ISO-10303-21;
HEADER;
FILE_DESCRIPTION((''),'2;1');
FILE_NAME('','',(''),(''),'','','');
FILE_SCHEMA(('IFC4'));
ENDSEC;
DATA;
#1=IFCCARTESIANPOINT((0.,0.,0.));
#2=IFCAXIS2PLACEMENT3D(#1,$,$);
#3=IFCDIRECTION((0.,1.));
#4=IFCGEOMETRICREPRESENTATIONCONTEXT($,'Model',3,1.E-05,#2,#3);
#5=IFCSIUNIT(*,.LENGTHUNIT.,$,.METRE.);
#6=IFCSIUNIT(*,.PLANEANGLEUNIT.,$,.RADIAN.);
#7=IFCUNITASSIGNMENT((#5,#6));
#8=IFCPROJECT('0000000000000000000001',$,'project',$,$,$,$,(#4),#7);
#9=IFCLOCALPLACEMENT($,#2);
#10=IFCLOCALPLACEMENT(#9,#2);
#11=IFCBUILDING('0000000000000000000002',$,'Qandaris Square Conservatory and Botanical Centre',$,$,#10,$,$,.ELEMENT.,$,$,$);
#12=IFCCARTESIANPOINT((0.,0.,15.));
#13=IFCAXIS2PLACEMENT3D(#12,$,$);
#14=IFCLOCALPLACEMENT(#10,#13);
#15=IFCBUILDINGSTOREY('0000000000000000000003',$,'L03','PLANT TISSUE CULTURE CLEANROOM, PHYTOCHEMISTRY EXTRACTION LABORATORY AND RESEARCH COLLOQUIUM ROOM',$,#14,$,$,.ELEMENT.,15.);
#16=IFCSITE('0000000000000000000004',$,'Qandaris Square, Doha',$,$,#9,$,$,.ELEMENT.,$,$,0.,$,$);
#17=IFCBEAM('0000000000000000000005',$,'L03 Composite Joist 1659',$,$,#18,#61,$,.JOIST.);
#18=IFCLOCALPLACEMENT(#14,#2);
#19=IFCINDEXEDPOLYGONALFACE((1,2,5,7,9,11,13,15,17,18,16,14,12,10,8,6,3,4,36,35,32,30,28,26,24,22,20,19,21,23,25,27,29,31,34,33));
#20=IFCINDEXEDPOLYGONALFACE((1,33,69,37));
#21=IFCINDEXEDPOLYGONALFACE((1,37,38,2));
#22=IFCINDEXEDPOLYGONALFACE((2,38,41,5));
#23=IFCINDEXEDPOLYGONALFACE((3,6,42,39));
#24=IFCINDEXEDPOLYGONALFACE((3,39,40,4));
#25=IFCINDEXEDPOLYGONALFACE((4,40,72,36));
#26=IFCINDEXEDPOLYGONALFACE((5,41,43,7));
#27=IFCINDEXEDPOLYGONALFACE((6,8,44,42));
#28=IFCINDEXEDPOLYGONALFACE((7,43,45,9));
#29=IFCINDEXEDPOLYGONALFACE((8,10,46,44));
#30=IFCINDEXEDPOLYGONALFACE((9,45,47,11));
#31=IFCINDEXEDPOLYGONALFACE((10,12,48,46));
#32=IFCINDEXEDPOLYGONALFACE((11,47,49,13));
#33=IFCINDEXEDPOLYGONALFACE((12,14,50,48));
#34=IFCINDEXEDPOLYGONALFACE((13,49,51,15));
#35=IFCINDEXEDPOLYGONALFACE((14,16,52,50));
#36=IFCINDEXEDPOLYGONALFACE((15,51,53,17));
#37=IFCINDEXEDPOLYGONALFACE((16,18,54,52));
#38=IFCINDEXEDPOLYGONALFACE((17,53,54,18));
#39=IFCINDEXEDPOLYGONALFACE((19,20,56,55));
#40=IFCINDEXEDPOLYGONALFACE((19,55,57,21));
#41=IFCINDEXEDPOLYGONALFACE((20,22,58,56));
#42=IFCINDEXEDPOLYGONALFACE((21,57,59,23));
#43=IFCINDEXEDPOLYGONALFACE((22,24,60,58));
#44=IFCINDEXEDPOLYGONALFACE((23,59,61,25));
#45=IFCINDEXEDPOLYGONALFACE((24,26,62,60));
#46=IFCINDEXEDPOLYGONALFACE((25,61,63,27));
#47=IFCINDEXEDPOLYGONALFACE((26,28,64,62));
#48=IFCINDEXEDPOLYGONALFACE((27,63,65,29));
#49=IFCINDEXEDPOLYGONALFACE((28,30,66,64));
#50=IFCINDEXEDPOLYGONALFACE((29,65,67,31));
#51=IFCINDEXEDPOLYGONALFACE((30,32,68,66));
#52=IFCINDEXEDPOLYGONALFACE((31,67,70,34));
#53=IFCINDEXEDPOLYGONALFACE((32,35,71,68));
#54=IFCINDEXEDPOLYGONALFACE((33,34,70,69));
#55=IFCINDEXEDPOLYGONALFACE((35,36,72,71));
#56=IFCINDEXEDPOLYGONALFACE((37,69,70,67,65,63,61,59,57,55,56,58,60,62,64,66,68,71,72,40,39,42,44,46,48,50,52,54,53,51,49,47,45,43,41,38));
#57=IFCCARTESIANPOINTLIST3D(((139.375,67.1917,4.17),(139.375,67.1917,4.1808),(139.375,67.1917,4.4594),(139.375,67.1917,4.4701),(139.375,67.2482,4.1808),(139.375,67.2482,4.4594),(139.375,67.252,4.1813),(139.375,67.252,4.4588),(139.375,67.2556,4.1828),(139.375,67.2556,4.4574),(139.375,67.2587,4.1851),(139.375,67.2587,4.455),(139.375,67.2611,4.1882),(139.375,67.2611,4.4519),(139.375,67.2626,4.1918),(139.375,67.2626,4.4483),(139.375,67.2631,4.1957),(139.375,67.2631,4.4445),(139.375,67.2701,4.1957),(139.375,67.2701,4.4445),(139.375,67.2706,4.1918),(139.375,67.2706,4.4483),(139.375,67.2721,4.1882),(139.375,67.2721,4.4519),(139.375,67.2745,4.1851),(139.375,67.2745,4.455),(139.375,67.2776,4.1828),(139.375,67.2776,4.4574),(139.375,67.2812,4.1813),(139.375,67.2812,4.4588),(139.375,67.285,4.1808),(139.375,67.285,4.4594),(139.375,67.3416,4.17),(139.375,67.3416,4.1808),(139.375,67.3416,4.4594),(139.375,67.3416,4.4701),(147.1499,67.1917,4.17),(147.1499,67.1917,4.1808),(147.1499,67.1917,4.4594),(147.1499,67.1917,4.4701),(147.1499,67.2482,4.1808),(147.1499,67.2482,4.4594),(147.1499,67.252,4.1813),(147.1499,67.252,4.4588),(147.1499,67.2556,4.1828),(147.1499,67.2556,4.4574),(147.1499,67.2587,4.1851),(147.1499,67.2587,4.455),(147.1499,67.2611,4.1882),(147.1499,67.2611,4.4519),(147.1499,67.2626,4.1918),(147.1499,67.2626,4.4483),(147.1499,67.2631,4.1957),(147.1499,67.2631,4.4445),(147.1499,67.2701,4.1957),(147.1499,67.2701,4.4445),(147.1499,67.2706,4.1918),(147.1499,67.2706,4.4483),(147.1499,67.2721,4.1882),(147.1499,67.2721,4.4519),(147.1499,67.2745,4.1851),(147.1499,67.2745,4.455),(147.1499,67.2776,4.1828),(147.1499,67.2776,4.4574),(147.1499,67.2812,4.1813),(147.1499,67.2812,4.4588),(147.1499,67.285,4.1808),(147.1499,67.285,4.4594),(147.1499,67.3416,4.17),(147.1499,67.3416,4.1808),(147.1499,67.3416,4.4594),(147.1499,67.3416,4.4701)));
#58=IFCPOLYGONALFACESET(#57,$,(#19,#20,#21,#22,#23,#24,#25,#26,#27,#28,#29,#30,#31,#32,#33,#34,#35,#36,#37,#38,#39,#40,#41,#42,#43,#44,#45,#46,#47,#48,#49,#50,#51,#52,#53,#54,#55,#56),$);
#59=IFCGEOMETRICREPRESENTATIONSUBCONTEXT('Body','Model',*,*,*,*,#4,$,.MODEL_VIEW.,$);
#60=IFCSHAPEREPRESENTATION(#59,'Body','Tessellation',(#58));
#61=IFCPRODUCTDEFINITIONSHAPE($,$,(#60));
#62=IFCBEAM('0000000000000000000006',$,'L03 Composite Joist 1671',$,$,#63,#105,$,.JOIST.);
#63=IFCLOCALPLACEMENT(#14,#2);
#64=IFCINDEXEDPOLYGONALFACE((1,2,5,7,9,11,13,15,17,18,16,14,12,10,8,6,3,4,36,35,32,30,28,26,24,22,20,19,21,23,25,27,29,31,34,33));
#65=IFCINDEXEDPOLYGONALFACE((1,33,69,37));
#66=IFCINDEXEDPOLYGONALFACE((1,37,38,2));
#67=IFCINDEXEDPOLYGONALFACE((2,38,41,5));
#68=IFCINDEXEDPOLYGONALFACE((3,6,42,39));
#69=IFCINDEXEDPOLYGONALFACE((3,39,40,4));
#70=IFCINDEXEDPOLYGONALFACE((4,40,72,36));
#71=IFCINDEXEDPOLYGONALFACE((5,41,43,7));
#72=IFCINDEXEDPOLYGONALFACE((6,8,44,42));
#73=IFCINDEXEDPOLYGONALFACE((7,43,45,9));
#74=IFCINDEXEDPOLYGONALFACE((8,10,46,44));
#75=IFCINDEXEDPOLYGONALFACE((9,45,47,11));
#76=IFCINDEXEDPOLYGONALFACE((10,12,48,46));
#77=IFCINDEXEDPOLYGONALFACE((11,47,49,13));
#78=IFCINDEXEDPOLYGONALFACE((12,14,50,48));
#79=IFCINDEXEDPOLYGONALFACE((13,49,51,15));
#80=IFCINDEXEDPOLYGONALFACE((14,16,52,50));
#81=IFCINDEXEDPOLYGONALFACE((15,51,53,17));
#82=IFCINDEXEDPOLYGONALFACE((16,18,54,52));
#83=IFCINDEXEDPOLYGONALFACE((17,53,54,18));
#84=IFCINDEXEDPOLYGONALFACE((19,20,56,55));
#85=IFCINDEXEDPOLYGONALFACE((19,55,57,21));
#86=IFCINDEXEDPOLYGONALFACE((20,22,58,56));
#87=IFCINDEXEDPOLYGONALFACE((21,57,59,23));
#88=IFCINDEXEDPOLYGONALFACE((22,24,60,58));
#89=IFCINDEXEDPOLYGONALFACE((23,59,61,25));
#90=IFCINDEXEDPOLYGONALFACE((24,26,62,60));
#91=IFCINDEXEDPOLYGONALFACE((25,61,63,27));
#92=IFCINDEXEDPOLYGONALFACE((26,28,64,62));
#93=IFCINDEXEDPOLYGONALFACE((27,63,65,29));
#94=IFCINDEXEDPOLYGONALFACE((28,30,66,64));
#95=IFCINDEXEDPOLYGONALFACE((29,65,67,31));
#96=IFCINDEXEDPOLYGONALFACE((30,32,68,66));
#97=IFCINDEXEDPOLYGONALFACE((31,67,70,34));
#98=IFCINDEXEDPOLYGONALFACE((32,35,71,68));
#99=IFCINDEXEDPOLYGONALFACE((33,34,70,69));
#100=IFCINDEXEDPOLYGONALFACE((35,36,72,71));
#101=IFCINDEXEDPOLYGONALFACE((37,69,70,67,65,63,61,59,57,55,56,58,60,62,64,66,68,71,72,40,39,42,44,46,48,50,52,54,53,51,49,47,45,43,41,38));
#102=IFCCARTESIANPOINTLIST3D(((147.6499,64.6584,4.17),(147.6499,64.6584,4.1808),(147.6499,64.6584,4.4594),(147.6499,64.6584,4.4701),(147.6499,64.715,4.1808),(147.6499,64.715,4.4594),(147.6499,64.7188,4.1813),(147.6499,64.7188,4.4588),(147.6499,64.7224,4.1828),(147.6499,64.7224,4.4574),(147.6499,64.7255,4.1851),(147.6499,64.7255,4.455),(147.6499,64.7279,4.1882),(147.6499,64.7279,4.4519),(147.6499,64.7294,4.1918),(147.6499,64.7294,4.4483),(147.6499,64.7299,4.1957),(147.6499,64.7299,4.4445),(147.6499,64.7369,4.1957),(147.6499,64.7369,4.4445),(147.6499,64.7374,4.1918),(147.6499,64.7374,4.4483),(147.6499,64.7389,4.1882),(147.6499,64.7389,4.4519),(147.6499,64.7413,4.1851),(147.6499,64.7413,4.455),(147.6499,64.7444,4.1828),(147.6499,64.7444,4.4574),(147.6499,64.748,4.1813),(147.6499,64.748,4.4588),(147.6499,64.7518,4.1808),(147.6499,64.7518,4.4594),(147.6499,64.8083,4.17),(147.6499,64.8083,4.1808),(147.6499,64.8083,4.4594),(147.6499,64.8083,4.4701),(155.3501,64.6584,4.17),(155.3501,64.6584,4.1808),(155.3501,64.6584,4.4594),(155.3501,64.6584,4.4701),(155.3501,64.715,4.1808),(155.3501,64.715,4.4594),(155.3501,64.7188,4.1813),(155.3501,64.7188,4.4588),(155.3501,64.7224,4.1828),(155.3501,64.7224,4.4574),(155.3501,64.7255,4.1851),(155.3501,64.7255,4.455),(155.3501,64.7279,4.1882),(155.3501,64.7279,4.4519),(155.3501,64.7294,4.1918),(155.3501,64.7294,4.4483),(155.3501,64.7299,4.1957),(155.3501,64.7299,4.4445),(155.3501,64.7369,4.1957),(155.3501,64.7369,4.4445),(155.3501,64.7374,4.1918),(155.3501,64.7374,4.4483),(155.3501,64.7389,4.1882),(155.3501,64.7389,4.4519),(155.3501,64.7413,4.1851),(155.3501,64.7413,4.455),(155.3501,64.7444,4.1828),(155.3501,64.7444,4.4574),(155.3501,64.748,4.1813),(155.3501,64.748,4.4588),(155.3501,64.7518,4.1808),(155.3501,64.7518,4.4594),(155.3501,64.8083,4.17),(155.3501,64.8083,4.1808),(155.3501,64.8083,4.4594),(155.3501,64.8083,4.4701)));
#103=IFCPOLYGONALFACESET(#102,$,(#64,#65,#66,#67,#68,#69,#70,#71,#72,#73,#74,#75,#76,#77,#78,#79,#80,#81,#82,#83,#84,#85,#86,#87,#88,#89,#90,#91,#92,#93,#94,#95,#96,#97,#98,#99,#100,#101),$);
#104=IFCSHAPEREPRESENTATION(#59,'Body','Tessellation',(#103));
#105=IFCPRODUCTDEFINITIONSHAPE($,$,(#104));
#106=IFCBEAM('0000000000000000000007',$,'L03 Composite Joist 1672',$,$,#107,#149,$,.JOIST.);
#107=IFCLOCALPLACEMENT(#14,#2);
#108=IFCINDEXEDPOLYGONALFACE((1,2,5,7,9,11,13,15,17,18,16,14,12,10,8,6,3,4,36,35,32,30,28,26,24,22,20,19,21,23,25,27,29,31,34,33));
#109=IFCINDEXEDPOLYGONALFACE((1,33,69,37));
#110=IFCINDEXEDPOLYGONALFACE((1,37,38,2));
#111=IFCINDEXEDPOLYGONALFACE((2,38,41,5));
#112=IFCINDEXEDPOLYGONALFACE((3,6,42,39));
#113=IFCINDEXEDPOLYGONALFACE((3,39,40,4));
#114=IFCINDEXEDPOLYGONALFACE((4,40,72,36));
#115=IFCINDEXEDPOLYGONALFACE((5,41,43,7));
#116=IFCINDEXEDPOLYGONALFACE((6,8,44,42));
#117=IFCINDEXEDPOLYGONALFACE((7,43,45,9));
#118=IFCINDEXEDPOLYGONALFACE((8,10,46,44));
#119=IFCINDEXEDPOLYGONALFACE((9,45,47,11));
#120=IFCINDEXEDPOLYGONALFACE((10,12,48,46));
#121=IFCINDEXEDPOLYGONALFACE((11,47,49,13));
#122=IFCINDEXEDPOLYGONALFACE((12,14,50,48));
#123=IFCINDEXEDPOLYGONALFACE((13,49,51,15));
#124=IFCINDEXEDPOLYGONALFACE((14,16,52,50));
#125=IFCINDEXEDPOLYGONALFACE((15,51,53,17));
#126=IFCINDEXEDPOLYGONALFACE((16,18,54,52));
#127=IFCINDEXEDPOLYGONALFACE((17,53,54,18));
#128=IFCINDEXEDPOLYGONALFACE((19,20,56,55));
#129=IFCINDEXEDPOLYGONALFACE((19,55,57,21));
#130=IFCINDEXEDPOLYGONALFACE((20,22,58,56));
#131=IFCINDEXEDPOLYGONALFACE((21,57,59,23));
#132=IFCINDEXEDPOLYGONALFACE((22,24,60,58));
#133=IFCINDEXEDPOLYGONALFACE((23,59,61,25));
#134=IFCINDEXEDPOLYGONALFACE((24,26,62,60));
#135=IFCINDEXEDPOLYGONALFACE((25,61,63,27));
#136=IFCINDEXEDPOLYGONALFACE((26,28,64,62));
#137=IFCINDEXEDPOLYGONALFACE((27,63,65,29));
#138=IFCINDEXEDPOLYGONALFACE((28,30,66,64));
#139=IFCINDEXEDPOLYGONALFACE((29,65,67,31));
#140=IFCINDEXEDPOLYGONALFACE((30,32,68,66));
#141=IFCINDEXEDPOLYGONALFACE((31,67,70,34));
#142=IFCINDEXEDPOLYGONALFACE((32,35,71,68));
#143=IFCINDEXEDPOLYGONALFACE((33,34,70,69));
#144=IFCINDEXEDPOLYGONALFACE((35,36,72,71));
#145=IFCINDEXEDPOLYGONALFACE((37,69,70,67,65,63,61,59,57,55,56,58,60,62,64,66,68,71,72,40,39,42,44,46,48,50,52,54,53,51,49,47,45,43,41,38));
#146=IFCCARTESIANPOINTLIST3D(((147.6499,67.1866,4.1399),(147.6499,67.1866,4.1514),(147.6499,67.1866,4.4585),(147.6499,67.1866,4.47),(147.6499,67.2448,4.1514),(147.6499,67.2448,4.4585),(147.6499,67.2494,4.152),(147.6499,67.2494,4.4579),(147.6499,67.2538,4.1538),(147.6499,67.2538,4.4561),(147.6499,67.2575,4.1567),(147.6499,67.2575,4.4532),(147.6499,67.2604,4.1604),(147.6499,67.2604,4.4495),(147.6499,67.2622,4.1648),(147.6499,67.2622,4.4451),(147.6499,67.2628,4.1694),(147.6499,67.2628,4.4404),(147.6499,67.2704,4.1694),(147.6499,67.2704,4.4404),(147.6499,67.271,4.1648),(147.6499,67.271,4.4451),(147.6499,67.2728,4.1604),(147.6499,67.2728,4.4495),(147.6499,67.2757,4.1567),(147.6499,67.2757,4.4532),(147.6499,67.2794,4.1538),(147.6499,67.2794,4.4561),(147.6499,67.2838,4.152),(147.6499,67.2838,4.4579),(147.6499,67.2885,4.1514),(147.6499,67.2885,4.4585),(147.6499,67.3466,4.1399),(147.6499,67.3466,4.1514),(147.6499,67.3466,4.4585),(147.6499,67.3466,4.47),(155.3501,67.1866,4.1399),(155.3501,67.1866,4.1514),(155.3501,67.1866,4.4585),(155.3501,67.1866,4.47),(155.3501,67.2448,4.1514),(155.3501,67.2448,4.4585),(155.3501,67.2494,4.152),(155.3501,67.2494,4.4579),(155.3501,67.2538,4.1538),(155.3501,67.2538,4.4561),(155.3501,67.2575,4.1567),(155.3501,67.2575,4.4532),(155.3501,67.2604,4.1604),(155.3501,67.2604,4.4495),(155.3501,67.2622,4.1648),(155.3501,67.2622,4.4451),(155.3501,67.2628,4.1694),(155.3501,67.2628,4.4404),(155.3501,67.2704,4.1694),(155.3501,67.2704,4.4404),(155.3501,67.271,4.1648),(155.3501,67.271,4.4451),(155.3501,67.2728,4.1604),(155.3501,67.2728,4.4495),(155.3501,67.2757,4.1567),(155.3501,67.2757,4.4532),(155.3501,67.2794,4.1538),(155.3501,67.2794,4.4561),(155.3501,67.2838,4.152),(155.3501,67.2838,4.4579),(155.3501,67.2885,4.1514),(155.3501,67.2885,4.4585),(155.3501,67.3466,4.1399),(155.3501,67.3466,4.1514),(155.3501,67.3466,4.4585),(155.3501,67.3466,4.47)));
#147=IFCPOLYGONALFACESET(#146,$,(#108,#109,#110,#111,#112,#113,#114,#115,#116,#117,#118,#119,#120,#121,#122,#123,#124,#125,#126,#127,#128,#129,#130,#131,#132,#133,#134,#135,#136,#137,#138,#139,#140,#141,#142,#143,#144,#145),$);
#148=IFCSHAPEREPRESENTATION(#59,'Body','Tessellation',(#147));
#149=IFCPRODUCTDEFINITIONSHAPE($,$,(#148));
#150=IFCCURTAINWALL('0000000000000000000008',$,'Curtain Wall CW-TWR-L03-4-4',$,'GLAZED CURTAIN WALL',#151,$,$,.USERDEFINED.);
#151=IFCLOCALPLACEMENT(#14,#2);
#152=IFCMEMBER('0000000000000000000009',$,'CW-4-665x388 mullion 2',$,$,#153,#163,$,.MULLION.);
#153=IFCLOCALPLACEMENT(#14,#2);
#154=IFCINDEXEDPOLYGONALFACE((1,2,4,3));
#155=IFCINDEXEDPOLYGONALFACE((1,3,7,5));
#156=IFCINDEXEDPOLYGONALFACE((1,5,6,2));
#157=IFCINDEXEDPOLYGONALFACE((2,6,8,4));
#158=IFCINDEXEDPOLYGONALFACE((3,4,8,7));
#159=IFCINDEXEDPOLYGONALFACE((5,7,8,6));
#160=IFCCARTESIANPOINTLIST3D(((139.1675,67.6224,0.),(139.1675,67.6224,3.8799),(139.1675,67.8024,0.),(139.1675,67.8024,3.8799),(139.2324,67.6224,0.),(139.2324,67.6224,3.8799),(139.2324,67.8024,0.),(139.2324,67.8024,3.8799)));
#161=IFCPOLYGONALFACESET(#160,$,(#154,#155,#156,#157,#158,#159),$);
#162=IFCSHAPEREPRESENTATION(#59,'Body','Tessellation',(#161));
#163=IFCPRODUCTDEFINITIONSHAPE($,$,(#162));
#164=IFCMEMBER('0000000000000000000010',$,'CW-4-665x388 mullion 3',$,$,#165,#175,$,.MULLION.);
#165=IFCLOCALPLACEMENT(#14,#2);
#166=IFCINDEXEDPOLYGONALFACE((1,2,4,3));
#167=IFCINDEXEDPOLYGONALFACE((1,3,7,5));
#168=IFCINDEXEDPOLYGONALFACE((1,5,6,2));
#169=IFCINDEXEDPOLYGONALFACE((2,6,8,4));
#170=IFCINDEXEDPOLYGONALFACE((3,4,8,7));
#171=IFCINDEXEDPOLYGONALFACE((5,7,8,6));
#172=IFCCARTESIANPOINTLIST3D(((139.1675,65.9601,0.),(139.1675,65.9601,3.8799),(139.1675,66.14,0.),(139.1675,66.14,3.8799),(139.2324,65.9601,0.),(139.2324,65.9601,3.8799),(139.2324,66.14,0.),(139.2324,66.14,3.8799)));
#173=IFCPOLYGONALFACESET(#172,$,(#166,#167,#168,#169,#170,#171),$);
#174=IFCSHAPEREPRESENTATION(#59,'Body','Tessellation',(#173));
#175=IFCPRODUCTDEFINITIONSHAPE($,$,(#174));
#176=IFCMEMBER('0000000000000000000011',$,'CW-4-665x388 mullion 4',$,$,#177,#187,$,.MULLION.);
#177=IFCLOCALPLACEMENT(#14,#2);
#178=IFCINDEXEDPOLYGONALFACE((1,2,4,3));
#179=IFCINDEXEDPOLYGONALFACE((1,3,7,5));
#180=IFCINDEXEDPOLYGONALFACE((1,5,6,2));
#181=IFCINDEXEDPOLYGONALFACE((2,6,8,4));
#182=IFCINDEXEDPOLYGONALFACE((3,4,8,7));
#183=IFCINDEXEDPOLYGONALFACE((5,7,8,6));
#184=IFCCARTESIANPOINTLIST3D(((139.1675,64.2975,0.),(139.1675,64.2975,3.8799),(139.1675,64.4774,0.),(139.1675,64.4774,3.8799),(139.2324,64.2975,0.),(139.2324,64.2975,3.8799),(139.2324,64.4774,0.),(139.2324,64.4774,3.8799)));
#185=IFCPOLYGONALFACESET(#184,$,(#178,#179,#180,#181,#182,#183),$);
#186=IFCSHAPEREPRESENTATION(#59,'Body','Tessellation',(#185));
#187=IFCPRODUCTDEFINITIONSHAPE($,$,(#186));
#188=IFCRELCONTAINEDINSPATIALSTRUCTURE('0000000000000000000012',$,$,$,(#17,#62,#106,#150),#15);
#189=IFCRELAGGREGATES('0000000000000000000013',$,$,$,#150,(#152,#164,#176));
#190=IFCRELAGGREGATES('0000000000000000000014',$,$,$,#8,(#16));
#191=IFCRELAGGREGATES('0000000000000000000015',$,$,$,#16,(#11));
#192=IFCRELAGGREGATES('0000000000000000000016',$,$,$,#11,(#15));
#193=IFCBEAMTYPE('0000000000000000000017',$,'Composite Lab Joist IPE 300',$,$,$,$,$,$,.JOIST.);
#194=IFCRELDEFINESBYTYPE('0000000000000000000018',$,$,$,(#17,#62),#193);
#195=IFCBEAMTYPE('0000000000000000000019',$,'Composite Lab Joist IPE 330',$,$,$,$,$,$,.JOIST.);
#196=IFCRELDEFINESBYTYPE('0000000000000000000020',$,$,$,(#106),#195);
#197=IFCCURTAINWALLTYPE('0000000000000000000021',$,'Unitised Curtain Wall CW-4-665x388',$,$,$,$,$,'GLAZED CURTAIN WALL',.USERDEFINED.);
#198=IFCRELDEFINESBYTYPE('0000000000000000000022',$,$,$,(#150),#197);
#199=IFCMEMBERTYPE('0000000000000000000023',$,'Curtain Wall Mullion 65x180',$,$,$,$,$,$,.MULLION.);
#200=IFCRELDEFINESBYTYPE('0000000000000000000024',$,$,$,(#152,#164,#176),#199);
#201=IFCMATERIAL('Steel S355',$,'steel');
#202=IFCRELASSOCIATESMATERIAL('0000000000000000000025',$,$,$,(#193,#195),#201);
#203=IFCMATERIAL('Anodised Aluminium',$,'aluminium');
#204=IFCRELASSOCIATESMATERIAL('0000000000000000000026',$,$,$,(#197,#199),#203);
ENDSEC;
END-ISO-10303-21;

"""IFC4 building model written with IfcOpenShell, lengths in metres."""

from ifc_helpers import new_model, si_unit, direction, frame, origin, origin_2d, place, context, subcontext, project, spatial, rectangle, i_section, extrude, material, material_profile, profile_set, type_object, element, aggregate, save


model = new_model("IFC4")

# Units and contexts
model_context = context("Model", 3, precision=1e-05, world=origin(), true_north=direction((0.0, 1.0)))
body_context = subcontext(model_context, "Body", "Model", "MODEL_VIEW")
ifc_project = project(units=[si_unit("LENGTHUNIT", "METRE"), si_unit("PLANEANGLEUNIT", "RADIAN")], contexts=[model_context])

# Site, building, storey
site_placement = place(None, origin())
site = spatial("IfcSite", under=ifc_project, at=site_placement, Name="Qandaris Square, Doha", CompositionType="ELEMENT", RefElevation=0.0)
building_placement = place(site_placement, origin())
building = spatial("IfcBuilding", under=site, at=building_placement, Name="Qandaris Square Conservatory and Botanical Centre", CompositionType="ELEMENT")
storey_placement = place(building_placement, frame((0.0, 0.0, 15.0)))
storey = spatial("IfcBuildingStorey", under=building, at=storey_placement, Name="L03", Description="PLANT TISSUE CULTURE CLEANROOM, PHYTOCHEMISTRY EXTRACTION LABORATORY AND RESEARCH COLLOQUIUM ROOM", CompositionType="ELEMENT", Elevation=15.0)

# Beams
ifc_material_1 = material(Name="Steel S355", Category="steel")
ifc_material_profile_1 = material_profile(ifc_material_1, i_section(OverallWidth=0.1499, OverallDepth=0.3, WebThickness=0.0071, FlangeThickness=0.0107, FilletRadius=0.0149, at=origin_2d()), Name="IPE 300")
ifc_profile_set_1 = profile_set([ifc_material_profile_1], Name="Steel S355")
beam_type_1 = type_object("IfcBeamType", Name="Composite Lab Joist IPE 300", PredefinedType="JOIST", material=ifc_profile_set_1)
beam_1_placement = place(storey_placement, frame((139.375, 67.2666, 4.3201), z_axis=(1.0, 0.0, 0.0), x_axis=(0.0, 1.0, 0.0)))
element("IfcBeam", 1, at=beam_1_placement, inside=storey, type_object=beam_type_1, Name="L03 Composite Joist 1659", PredefinedType="JOIST", context=body_context, shape_type="SweptSolid", body=[
    extrude(i_section(OverallWidth=0.1499, OverallDepth=0.3, WebThickness=0.0071, FlangeThickness=0.0107, FilletRadius=0.0149, at=origin_2d()), origin(), (0.0, 0.0, 1.0), 7.7749),
])
beam_2_placement = place(storey_placement, frame((147.6499, 64.7334, 4.3201), z_axis=(1.0, 0.0, 0.0), x_axis=(0.0, 1.0, 0.0)))
element("IfcBeam", 2, at=beam_2_placement, inside=storey, type_object=beam_type_1, Name="L03 Composite Joist 1671", PredefinedType="JOIST", context=body_context, shape_type="SweptSolid", body=[
    extrude(i_section(OverallWidth=0.1499, OverallDepth=0.3, WebThickness=0.0071, FlangeThickness=0.0107, FilletRadius=0.0149, at=origin_2d()), origin(), (0.0, 0.0, 1.0), 7.7002),
])
ifc_material_profile_2 = material_profile(ifc_material_1, i_section(OverallWidth=0.1599, OverallDepth=0.3301, WebThickness=0.0076, FlangeThickness=0.0115, FilletRadius=0.0181, at=origin_2d()), Name="IPE 330")
ifc_profile_set_2 = profile_set([ifc_material_profile_2], Name="Steel S355")
beam_type_2 = type_object("IfcBeamType", Name="Composite Lab Joist IPE 330", PredefinedType="JOIST", material=ifc_profile_set_2)
beam_3_placement = place(storey_placement, frame((147.6499, 67.2666, 4.3049), z_axis=(1.0, 0.0, 0.0), x_axis=(0.0, 1.0, 0.0)))
element("IfcBeam", 3, at=beam_3_placement, inside=storey, type_object=beam_type_2, Name="L03 Composite Joist 1672", PredefinedType="JOIST", context=body_context, shape_type="SweptSolid", body=[
    extrude(i_section(OverallWidth=0.1599, OverallDepth=0.3301, WebThickness=0.0076, FlangeThickness=0.0115, FilletRadius=0.0181, at=origin_2d()), origin(), (0.0, 0.0, 1.0), 7.7002),
])

# Curtain wall, members
ifc_material_2 = material(Name="Anodised Aluminium", Category="aluminium")
curtain_wall_type = type_object("IfcCurtainWallType", Name="Unitised Curtain Wall CW-4-665x388", ElementType="GLAZED CURTAIN WALL", PredefinedType="USERDEFINED", material=ifc_material_2)
curtain_wall_placement = place(storey_placement, origin())
curtain_wall = element("IfcCurtainWall", 4, at=curtain_wall_placement, inside=storey, type_object=curtain_wall_type, Name="Curtain Wall CW-TWR-L03-4-4", ObjectType="GLAZED CURTAIN WALL", PredefinedType="USERDEFINED")
ifc_material_profile_3 = material_profile(ifc_material_2, rectangle(XDim=0.0649, YDim=0.1799, at=origin_2d()), Name="ALU-MUL 65x180")
ifc_profile_set_3 = profile_set([ifc_material_profile_3], Name="Anodised Aluminium")
member_type_1 = type_object("IfcMemberType", Name="Curtain Wall Mullion 65x180", PredefinedType="MULLION", material=ifc_profile_set_3)
member_1_placement = place(storey_placement, frame((139.2, 67.7124, 0.0), z_axis=(0.0, 0.0, 1.0), x_axis=(1.0, 0.0, 0.0)))
member_1 = element("IfcMember", 5, at=member_1_placement, type_object=member_type_1, Name="CW-4-665x388 mullion 2", PredefinedType="MULLION", context=body_context, shape_type="SweptSolid", body=[
    extrude(rectangle(XDim=0.0649, YDim=0.1799, at=origin_2d()), origin(), (0.0, 0.0, 1.0), 3.8799),
])
member_2_placement = place(storey_placement, frame((139.2, 66.05, 0.0), z_axis=(0.0, 0.0, 1.0), x_axis=(1.0, 0.0, 0.0)))
member_2 = element("IfcMember", 6, at=member_2_placement, type_object=member_type_1, Name="CW-4-665x388 mullion 3", PredefinedType="MULLION", context=body_context, shape_type="SweptSolid", body=[
    extrude(rectangle(XDim=0.0649, YDim=0.1799, at=origin_2d()), origin(), (0.0, 0.0, 1.0), 3.8799),
])
member_3_placement = place(storey_placement, frame((139.2, 64.3875, 0.0), z_axis=(0.0, 0.0, 1.0), x_axis=(1.0, 0.0, 0.0)))
member_3 = element("IfcMember", 7, at=member_3_placement, type_object=member_type_1, Name="CW-4-665x388 mullion 4", PredefinedType="MULLION", context=body_context, shape_type="SweptSolid", body=[
    extrude(rectangle(XDim=0.0649, YDim=0.1799, at=origin_2d()), origin(), (0.0, 0.0, 1.0), 3.8799),
])

aggregate(curtain_wall, [member_1, member_2, member_3])

save(model, "model.ifc")
